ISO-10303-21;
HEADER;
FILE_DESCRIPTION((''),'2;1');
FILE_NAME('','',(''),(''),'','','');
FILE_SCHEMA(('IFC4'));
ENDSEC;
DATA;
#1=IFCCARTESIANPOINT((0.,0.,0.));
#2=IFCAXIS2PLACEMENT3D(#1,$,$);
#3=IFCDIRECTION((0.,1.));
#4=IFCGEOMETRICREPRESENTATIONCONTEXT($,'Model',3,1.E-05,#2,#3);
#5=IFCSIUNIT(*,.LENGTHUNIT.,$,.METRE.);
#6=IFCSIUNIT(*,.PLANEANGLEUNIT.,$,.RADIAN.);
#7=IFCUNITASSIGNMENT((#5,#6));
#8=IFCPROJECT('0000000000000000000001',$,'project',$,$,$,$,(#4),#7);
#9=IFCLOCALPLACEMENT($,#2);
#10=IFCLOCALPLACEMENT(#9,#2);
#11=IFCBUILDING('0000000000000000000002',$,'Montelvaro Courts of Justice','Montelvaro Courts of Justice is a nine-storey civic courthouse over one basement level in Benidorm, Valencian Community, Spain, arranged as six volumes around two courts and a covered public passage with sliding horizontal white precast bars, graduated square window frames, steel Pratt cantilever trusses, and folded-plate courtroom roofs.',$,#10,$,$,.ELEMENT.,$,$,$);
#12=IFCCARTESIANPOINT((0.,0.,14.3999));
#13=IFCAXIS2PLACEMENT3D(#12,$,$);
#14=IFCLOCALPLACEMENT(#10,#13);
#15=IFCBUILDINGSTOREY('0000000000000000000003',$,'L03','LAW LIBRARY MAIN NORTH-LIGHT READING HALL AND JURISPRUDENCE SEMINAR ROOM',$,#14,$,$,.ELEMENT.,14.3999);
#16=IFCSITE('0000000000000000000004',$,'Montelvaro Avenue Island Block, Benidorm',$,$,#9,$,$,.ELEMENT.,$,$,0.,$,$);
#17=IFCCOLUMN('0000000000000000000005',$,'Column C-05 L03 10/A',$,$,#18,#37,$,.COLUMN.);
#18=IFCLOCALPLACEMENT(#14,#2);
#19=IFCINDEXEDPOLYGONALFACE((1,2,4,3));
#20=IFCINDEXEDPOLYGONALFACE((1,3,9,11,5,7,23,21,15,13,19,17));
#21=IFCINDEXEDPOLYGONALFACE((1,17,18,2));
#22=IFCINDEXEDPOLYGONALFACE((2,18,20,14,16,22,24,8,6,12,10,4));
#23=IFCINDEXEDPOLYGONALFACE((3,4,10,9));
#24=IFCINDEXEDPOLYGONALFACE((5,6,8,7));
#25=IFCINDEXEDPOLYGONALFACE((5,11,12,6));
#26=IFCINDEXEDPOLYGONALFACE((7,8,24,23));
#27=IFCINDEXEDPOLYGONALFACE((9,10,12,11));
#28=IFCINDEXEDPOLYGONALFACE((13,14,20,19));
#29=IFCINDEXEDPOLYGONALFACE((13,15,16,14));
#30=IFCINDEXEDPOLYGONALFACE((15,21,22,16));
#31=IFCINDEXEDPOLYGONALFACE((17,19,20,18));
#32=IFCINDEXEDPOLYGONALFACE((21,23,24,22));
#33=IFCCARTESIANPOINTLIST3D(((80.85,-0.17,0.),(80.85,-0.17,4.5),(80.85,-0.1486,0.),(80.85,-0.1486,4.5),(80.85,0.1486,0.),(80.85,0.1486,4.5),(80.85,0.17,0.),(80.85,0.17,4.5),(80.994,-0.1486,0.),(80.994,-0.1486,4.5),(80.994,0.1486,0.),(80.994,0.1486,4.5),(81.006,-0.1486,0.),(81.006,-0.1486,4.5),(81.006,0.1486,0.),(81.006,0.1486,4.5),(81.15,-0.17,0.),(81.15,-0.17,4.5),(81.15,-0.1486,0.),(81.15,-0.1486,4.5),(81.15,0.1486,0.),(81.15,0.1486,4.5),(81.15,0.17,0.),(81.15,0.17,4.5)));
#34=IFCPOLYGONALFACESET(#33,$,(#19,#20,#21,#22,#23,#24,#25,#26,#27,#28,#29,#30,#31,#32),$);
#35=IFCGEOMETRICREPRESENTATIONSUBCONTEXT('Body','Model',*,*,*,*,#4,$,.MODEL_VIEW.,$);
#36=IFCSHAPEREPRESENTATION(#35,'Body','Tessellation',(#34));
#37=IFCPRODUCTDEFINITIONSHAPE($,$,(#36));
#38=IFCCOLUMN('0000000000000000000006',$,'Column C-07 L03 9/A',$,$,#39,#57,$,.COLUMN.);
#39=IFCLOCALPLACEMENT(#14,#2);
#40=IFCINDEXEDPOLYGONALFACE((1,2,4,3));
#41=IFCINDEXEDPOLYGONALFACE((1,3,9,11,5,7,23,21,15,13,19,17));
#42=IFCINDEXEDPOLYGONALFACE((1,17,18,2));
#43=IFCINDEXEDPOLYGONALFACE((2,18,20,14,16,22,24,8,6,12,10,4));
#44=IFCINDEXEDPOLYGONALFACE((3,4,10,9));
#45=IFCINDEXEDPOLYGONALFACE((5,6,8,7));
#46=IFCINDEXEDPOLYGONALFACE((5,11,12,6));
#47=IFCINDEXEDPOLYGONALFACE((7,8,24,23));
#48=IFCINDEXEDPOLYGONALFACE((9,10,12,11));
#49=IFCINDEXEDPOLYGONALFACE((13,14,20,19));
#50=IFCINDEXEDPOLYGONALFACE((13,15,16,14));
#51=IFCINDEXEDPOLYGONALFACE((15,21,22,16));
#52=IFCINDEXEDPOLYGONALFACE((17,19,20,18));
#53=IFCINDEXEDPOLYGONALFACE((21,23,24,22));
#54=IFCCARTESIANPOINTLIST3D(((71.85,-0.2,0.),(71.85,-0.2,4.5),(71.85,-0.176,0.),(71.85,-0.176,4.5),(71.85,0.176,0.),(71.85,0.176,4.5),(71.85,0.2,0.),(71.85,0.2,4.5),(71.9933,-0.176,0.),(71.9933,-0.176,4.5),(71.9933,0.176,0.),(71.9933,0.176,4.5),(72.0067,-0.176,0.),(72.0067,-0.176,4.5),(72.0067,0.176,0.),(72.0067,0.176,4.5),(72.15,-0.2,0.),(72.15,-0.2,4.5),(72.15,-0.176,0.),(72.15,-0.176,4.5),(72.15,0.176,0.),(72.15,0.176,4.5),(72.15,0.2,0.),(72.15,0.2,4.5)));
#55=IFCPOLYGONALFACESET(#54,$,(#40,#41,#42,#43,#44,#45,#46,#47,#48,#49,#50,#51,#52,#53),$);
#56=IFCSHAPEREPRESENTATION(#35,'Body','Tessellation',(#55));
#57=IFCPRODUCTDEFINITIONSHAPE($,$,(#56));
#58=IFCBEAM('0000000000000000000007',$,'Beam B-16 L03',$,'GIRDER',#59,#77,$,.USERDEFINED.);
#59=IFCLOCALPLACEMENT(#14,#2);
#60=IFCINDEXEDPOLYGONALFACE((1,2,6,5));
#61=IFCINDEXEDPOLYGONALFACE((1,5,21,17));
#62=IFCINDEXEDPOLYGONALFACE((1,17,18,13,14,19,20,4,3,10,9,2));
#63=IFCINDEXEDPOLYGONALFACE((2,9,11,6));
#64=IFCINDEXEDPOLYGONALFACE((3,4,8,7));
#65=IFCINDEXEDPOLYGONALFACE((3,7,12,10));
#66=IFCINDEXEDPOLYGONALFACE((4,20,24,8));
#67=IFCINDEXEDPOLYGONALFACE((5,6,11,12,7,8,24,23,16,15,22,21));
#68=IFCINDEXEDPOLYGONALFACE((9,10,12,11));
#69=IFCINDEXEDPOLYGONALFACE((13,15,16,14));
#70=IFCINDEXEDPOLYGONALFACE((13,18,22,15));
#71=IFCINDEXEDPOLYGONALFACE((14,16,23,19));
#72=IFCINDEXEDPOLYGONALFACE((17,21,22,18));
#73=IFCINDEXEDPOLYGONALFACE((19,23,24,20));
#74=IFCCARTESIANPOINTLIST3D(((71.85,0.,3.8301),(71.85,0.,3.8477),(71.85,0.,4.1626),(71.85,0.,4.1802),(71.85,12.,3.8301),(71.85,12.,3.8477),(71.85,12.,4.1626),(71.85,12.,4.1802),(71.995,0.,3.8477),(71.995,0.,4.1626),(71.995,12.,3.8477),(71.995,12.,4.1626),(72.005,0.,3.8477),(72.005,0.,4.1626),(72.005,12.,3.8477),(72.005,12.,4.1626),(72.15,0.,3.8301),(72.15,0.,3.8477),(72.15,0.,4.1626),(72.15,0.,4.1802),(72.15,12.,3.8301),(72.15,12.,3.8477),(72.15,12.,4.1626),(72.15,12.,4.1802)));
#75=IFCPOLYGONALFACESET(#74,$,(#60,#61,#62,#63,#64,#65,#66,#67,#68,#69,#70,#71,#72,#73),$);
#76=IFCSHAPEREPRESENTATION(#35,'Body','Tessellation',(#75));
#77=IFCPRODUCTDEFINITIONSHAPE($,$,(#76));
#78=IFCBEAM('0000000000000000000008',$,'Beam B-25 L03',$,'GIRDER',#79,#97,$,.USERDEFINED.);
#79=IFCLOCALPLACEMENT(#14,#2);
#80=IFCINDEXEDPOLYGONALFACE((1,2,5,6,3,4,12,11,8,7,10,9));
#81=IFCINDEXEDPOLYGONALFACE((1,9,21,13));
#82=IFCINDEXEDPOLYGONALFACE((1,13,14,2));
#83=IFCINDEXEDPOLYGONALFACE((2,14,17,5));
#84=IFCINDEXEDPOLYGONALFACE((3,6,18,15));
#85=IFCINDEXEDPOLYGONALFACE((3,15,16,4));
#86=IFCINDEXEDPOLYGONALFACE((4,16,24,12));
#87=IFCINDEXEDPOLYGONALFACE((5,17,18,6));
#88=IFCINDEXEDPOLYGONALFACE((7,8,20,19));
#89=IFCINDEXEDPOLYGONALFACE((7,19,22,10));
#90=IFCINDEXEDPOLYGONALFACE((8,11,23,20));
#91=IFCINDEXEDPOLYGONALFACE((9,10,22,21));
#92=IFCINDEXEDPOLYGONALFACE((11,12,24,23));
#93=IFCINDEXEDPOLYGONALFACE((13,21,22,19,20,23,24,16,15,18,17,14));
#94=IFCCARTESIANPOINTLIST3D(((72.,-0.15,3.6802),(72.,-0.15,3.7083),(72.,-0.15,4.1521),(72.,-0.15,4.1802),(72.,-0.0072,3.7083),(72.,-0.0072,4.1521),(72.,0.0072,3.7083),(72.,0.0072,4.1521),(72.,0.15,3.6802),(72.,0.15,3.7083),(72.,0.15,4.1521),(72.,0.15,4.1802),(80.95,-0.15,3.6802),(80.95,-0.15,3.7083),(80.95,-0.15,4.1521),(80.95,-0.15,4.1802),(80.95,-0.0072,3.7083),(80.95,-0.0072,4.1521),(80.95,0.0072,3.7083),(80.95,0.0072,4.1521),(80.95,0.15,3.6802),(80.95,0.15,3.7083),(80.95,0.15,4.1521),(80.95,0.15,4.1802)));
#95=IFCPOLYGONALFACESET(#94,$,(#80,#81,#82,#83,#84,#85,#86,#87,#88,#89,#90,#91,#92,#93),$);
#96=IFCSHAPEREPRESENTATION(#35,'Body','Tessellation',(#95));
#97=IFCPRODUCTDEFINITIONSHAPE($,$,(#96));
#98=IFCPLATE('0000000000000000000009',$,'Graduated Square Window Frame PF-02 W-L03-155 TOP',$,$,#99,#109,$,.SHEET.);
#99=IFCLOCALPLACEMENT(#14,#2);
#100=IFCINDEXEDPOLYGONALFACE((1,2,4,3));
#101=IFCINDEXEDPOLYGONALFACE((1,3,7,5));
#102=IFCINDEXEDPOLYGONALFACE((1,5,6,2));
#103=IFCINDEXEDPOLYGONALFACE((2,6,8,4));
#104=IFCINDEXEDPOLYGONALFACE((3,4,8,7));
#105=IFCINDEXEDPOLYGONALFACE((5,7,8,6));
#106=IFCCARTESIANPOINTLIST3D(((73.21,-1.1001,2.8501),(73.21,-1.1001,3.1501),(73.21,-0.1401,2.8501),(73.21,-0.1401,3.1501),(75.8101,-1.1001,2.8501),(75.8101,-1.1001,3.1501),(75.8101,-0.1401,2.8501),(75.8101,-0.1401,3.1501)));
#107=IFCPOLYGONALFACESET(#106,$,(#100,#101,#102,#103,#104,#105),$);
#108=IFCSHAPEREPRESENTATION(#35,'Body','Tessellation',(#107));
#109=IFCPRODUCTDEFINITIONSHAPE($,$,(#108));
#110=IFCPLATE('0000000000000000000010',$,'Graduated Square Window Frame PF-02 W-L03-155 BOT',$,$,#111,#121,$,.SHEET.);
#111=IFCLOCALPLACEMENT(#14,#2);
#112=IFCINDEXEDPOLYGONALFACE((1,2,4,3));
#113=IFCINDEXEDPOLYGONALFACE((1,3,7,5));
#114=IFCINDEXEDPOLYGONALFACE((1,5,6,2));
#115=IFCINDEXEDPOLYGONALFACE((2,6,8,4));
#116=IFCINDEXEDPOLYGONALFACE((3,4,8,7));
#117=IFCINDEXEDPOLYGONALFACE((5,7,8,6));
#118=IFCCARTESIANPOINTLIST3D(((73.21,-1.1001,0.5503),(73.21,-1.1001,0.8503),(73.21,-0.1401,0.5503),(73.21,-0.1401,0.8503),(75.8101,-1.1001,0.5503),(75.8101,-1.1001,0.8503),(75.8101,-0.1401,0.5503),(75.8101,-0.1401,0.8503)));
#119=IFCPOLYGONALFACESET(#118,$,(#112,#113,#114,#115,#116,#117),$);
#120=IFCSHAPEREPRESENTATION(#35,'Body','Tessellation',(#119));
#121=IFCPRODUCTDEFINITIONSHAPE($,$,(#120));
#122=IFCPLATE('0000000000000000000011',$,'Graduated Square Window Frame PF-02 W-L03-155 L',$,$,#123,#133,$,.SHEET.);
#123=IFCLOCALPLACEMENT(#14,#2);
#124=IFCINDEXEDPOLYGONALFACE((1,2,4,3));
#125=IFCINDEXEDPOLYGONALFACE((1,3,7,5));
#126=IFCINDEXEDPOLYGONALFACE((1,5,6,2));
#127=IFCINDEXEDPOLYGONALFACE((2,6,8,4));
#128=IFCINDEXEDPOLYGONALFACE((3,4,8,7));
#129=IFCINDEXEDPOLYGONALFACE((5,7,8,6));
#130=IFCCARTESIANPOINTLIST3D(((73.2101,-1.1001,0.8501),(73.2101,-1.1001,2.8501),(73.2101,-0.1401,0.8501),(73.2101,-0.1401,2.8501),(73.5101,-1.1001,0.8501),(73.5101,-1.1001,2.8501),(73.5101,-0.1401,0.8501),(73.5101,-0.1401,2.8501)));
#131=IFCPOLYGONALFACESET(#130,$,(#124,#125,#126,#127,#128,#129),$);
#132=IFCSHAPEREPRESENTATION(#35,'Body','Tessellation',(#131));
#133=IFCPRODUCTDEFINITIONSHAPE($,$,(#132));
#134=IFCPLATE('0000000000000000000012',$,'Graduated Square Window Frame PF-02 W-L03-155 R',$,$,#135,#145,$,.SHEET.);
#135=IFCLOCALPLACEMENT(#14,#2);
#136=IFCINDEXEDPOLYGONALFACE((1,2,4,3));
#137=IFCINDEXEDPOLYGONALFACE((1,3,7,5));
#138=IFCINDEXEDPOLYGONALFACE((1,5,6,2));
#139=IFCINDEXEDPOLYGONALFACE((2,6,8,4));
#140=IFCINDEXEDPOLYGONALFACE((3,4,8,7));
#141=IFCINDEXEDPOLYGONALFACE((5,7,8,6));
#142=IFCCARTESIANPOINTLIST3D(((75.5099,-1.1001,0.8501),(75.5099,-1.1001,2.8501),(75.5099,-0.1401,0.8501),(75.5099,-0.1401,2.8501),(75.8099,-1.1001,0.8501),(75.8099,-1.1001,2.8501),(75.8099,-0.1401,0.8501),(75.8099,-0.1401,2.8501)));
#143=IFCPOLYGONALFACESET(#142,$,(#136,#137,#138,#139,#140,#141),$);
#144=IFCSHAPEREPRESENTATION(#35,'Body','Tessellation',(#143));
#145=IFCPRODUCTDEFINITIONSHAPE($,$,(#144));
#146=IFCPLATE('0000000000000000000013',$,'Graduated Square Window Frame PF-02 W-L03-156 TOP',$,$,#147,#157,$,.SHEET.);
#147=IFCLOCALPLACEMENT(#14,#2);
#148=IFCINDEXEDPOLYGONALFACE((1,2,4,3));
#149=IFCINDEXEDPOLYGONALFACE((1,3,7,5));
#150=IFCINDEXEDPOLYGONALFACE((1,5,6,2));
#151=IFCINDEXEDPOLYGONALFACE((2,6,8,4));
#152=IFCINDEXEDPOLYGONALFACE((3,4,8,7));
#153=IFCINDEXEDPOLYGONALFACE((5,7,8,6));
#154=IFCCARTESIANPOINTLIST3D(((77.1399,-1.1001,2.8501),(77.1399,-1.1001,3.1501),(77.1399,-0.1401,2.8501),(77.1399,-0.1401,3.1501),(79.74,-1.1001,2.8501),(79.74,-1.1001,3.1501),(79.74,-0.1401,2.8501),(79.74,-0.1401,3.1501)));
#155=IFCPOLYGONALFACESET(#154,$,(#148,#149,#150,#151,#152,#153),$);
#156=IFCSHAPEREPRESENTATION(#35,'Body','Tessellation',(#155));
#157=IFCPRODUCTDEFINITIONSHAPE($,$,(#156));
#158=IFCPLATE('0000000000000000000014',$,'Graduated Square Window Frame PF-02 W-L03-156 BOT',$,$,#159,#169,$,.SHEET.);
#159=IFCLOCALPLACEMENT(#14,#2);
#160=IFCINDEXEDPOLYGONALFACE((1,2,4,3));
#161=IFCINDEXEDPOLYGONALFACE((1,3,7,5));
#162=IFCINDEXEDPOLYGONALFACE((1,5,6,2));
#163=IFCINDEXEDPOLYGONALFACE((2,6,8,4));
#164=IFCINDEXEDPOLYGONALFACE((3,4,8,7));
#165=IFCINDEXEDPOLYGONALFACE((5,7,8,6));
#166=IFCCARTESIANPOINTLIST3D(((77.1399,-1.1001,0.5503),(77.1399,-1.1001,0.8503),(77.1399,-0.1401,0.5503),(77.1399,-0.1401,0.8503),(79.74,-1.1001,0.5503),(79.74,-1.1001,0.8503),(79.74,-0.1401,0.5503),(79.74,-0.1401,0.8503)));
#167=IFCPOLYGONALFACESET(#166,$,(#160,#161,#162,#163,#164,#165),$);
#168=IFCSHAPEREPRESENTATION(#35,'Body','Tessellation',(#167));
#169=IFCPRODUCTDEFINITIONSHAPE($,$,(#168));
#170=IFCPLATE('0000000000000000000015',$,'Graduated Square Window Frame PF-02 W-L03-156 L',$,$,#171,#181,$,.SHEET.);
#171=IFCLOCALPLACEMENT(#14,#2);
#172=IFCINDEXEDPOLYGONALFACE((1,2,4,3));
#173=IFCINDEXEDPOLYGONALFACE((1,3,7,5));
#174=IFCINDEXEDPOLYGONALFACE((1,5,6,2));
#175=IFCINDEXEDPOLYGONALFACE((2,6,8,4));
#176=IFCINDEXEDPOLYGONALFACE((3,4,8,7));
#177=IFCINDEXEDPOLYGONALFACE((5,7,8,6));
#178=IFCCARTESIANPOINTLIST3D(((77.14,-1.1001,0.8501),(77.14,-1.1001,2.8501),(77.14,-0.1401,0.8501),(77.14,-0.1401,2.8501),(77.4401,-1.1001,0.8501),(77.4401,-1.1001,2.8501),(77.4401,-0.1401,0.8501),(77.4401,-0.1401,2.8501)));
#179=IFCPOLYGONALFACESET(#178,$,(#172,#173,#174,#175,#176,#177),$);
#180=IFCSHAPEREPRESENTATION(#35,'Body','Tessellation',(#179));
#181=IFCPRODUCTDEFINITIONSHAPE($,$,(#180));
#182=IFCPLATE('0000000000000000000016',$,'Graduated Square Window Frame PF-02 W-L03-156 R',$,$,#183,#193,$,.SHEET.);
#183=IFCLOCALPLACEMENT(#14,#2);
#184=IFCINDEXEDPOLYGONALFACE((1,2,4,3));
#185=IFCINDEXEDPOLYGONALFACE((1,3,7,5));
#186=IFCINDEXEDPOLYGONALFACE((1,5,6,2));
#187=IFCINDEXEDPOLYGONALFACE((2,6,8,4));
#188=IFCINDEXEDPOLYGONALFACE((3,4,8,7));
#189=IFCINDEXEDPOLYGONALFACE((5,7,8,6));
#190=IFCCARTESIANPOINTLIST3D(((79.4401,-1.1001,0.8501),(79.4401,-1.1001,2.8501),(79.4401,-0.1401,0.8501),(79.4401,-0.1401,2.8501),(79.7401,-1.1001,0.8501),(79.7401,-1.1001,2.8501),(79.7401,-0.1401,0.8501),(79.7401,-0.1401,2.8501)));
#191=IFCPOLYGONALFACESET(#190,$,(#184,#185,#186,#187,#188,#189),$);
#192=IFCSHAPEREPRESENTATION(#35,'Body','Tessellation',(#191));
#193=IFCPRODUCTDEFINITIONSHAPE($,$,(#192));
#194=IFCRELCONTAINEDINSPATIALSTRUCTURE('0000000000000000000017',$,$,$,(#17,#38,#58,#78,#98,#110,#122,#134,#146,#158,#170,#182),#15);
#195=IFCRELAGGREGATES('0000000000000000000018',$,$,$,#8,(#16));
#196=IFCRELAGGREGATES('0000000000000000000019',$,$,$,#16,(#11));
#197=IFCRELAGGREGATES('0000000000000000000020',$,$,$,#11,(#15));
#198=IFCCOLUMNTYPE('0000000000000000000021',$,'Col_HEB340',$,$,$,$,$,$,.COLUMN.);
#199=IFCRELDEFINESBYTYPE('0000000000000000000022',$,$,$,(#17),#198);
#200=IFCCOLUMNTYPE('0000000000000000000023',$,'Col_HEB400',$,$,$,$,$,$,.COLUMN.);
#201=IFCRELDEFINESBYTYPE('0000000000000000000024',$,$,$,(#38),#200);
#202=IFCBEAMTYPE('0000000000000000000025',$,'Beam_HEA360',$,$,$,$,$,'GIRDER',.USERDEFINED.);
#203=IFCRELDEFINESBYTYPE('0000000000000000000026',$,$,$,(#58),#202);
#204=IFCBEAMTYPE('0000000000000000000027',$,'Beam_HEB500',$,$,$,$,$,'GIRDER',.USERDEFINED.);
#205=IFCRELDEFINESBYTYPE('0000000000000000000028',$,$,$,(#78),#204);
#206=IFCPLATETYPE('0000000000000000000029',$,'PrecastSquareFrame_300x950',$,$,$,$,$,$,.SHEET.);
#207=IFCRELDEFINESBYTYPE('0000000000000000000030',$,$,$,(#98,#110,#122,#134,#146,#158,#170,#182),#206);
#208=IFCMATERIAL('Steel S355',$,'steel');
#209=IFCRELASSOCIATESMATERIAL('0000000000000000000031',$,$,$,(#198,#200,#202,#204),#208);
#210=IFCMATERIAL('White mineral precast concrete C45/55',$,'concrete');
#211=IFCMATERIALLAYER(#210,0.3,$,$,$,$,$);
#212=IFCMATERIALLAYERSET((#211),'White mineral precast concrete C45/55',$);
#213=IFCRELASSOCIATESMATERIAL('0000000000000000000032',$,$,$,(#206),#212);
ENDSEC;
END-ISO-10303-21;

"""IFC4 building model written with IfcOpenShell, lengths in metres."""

from ifc_helpers import new_model, si_unit, direction, frame, origin, origin_2d, place, context, subcontext, project, spatial, rectangle, i_section, extrude, material, layer, layer_set, material_profile, profile_set, type_object, element, save


model = new_model("IFC4")

# Units and contexts
model_context = context("Model", 3, precision=1e-05, world=origin(), true_north=direction((0.0, 1.0)))
body_context = subcontext(model_context, "Body", "Model", "MODEL_VIEW")
ifc_project = project(units=[si_unit("LENGTHUNIT", "METRE"), si_unit("PLANEANGLEUNIT", "RADIAN")], contexts=[model_context])

# Site, building, storey
site_placement = place(None, origin())
site = spatial("IfcSite", under=ifc_project, at=site_placement, Name="Montelvaro Avenue Island Block, Benidorm", CompositionType="ELEMENT", RefElevation=0.0)
building_placement = place(site_placement, origin())
building = spatial("IfcBuilding", under=site, at=building_placement, Name="Montelvaro Courts of Justice", Description="Montelvaro Courts of Justice is a nine-storey civic courthouse over one basement level in Benidorm, Valencian Community, Spain, arranged as six volumes around two courts and a covered public passage with sliding horizontal white precast bars, graduated square window frames, steel Pratt cantilever trusses, and folded-plate courtroom roofs.", CompositionType="ELEMENT")
storey_placement = place(building_placement, frame((0.0, 0.0, 14.3999)))
storey = spatial("IfcBuildingStorey", under=building, at=storey_placement, Name="L03", Description="LAW LIBRARY MAIN NORTH-LIGHT READING HALL AND JURISPRUDENCE SEMINAR ROOM", CompositionType="ELEMENT", Elevation=14.3999)

# Columns
ifc_material_1 = material(Name="Steel S355", Category="steel")
ifc_material_profile_1 = material_profile(ifc_material_1, i_section(OverallWidth=0.3, OverallDepth=0.3401, WebThickness=0.012, FlangeThickness=0.0215, at=origin_2d()), Name="HEB 340")
ifc_profile_set_1 = profile_set([ifc_material_profile_1], Name="Steel S355")
column_type_1 = type_object("IfcColumnType", Name="Col_HEB340", PredefinedType="COLUMN", material=ifc_profile_set_1)
column_1_placement = place(storey_placement, frame((81.0, 0.0, 0.0), z_axis=(0.0, 0.0, 1.0), x_axis=(1.0, 0.0, 0.0)))
element("IfcColumn", 1, at=column_1_placement, inside=storey, type_object=column_type_1, Name="Column C-05 L03 10/A", PredefinedType="COLUMN", context=body_context, shape_type="SweptSolid", body=[
    extrude(i_section(OverallWidth=0.3, OverallDepth=0.3401, WebThickness=0.012, FlangeThickness=0.0215, at=origin_2d()), origin(), (0.0, 0.0, 1.0), 4.5),
])
ifc_material_profile_2 = material_profile(ifc_material_1, i_section(OverallWidth=0.3, OverallDepth=0.3999, WebThickness=0.0134, FlangeThickness=0.0239, at=origin_2d()), Name="HEB 400")
ifc_profile_set_2 = profile_set([ifc_material_profile_2], Name="Steel S355")
column_type_2 = type_object("IfcColumnType", Name="Col_HEB400", PredefinedType="COLUMN", material=ifc_profile_set_2)
column_2_placement = place(storey_placement, frame((72.0, 0.0, 0.0), z_axis=(0.0, 0.0, 1.0), x_axis=(1.0, 0.0, 0.0)))
element("IfcColumn", 2, at=column_2_placement, inside=storey, type_object=column_type_2, Name="Column C-07 L03 9/A", PredefinedType="COLUMN", context=body_context, shape_type="SweptSolid", body=[
    extrude(i_section(OverallWidth=0.3, OverallDepth=0.3999, WebThickness=0.0134, FlangeThickness=0.0239, at=origin_2d()), origin(), (0.0, 0.0, 1.0), 4.5),
])

# Beams
ifc_material_profile_3 = material_profile(ifc_material_1, i_section(OverallWidth=0.3, OverallDepth=0.3501, WebThickness=0.01, FlangeThickness=0.0176, at=origin_2d()), Name="HEA 360")
ifc_profile_set_3 = profile_set([ifc_material_profile_3], Name="Steel S355")
beam_type_1 = type_object("IfcBeamType", Name="Beam_HEA360", ElementType="GIRDER", PredefinedType="USERDEFINED", material=ifc_profile_set_3)
beam_1_placement = place(storey_placement, frame((72.0, 0.0, 4.0051), z_axis=(0.0, 1.0, 0.0), x_axis=(-1.0, 0.0, 0.0)))
element("IfcBeam", 3, at=beam_1_placement, inside=storey, type_object=beam_type_1, Name="Beam B-16 L03", ObjectType="GIRDER", PredefinedType="USERDEFINED", context=body_context, shape_type="SweptSolid", body=[
    extrude(i_section(OverallWidth=0.3, OverallDepth=0.3501, WebThickness=0.01, FlangeThickness=0.0176, at=origin_2d()), origin(), (0.0, 0.0, 1.0), 12.0),
])
ifc_material_profile_4 = material_profile(ifc_material_1, i_section(OverallWidth=0.3, OverallDepth=0.5, WebThickness=0.0144, FlangeThickness=0.0281, at=origin_2d()), Name="HEB 500")
ifc_profile_set_4 = profile_set([ifc_material_profile_4], Name="Steel S355")
beam_type_2 = type_object("IfcBeamType", Name="Beam_HEB500", ElementType="GIRDER", PredefinedType="USERDEFINED", material=ifc_profile_set_4)
beam_2_placement = place(storey_placement, frame((72.0, 0.0, 3.9302), z_axis=(1.0, 0.0, 0.0), x_axis=(0.0, 1.0, 0.0)))
element("IfcBeam", 4, at=beam_2_placement, inside=storey, type_object=beam_type_2, Name="Beam B-25 L03", ObjectType="GIRDER", PredefinedType="USERDEFINED", context=body_context, shape_type="SweptSolid", body=[
    extrude(i_section(OverallWidth=0.3, OverallDepth=0.5, WebThickness=0.0144, FlangeThickness=0.0281, at=origin_2d()), origin(), (0.0, 0.0, 1.0), 8.95),
])

# Plates
ifc_material_2 = material(Name="White mineral precast concrete C45/55", Category="concrete")
ifc_layer_1 = layer(ifc_material_2, 0.3)
ifc_layer_set_1 = layer_set([ifc_layer_1], Name="White mineral precast concrete C45/55")
plate_type = type_object("IfcPlateType", Name="PrecastSquareFrame_300x950", PredefinedType="SHEET", material=ifc_layer_set_1)
for number, where, z_axis, x_axis, name in (
    (5, (74.51, -0.6201, 2.8501), (0.0, 0.0, 1.0), (1.0, 0.0, 0.0), "Graduated Square Window Frame PF-02 W-L03-155 TOP"),
    (6, (74.51, -0.6201, 0.5503), (0.0, 0.0, 1.0), (1.0, 0.0, 0.0), "Graduated Square Window Frame PF-02 W-L03-155 BOT"),
):
    element("IfcPlate", number, at=place(storey_placement, frame(where, z_axis=z_axis, x_axis=x_axis)), inside=storey, type_object=plate_type, Name=name, PredefinedType="SHEET", context=body_context, shape_type="SweptSolid", body=[
        extrude(rectangle(XDim=2.6001, YDim=0.96, at=origin_2d()), origin(), (0.0, 0.0, 1.0), 0.3),
    ])
for number, where, z_axis, x_axis, name in (
    (7, (73.3601, -0.6201, 0.8501), (0.0, 0.0, 1.0), (1.0, 0.0, 0.0), "Graduated Square Window Frame PF-02 W-L03-155 L"),
    (8, (75.6599, -0.6201, 0.8501), (0.0, 0.0, 1.0), (1.0, 0.0, 0.0), "Graduated Square Window Frame PF-02 W-L03-155 R"),
):
    element("IfcPlate", number, at=place(storey_placement, frame(where, z_axis=z_axis, x_axis=x_axis)), inside=storey, type_object=plate_type, Name=name, PredefinedType="SHEET", context=body_context, shape_type="SweptSolid", body=[
        extrude(rectangle(XDim=0.3, YDim=0.96, at=origin_2d()), origin(), (0.0, 0.0, 1.0), 2.0),
    ])
for number, where, z_axis, x_axis, name in (
    (9, (78.4399, -0.6201, 2.8501), (0.0, 0.0, 1.0), (1.0, 0.0, 0.0), "Graduated Square Window Frame PF-02 W-L03-156 TOP"),
    (10, (78.4399, -0.6201, 0.5503), (0.0, 0.0, 1.0), (1.0, 0.0, 0.0), "Graduated Square Window Frame PF-02 W-L03-156 BOT"),
):
    element("IfcPlate", number, at=place(storey_placement, frame(where, z_axis=z_axis, x_axis=x_axis)), inside=storey, type_object=plate_type, Name=name, PredefinedType="SHEET", context=body_context, shape_type="SweptSolid", body=[
        extrude(rectangle(XDim=2.6001, YDim=0.96, at=origin_2d()), origin(), (0.0, 0.0, 1.0), 0.3),
    ])
for number, where, z_axis, x_axis, name in (
    (11, (77.29, -0.6201, 0.8501), (0.0, 0.0, 1.0), (1.0, 0.0, 0.0), "Graduated Square Window Frame PF-02 W-L03-156 L"),
    (12, (79.5901, -0.6201, 0.8501), (0.0, 0.0, 1.0), (1.0, 0.0, 0.0), "Graduated Square Window Frame PF-02 W-L03-156 R"),
):
    element("IfcPlate", number, at=place(storey_placement, frame(where, z_axis=z_axis, x_axis=x_axis)), inside=storey, type_object=plate_type, Name=name, PredefinedType="SHEET", context=body_context, shape_type="SweptSolid", body=[
        extrude(rectangle(XDim=0.3, YDim=0.96, at=origin_2d()), origin(), (0.0, 0.0, 1.0), 2.0),
    ])

save(model, "model.ifc")
